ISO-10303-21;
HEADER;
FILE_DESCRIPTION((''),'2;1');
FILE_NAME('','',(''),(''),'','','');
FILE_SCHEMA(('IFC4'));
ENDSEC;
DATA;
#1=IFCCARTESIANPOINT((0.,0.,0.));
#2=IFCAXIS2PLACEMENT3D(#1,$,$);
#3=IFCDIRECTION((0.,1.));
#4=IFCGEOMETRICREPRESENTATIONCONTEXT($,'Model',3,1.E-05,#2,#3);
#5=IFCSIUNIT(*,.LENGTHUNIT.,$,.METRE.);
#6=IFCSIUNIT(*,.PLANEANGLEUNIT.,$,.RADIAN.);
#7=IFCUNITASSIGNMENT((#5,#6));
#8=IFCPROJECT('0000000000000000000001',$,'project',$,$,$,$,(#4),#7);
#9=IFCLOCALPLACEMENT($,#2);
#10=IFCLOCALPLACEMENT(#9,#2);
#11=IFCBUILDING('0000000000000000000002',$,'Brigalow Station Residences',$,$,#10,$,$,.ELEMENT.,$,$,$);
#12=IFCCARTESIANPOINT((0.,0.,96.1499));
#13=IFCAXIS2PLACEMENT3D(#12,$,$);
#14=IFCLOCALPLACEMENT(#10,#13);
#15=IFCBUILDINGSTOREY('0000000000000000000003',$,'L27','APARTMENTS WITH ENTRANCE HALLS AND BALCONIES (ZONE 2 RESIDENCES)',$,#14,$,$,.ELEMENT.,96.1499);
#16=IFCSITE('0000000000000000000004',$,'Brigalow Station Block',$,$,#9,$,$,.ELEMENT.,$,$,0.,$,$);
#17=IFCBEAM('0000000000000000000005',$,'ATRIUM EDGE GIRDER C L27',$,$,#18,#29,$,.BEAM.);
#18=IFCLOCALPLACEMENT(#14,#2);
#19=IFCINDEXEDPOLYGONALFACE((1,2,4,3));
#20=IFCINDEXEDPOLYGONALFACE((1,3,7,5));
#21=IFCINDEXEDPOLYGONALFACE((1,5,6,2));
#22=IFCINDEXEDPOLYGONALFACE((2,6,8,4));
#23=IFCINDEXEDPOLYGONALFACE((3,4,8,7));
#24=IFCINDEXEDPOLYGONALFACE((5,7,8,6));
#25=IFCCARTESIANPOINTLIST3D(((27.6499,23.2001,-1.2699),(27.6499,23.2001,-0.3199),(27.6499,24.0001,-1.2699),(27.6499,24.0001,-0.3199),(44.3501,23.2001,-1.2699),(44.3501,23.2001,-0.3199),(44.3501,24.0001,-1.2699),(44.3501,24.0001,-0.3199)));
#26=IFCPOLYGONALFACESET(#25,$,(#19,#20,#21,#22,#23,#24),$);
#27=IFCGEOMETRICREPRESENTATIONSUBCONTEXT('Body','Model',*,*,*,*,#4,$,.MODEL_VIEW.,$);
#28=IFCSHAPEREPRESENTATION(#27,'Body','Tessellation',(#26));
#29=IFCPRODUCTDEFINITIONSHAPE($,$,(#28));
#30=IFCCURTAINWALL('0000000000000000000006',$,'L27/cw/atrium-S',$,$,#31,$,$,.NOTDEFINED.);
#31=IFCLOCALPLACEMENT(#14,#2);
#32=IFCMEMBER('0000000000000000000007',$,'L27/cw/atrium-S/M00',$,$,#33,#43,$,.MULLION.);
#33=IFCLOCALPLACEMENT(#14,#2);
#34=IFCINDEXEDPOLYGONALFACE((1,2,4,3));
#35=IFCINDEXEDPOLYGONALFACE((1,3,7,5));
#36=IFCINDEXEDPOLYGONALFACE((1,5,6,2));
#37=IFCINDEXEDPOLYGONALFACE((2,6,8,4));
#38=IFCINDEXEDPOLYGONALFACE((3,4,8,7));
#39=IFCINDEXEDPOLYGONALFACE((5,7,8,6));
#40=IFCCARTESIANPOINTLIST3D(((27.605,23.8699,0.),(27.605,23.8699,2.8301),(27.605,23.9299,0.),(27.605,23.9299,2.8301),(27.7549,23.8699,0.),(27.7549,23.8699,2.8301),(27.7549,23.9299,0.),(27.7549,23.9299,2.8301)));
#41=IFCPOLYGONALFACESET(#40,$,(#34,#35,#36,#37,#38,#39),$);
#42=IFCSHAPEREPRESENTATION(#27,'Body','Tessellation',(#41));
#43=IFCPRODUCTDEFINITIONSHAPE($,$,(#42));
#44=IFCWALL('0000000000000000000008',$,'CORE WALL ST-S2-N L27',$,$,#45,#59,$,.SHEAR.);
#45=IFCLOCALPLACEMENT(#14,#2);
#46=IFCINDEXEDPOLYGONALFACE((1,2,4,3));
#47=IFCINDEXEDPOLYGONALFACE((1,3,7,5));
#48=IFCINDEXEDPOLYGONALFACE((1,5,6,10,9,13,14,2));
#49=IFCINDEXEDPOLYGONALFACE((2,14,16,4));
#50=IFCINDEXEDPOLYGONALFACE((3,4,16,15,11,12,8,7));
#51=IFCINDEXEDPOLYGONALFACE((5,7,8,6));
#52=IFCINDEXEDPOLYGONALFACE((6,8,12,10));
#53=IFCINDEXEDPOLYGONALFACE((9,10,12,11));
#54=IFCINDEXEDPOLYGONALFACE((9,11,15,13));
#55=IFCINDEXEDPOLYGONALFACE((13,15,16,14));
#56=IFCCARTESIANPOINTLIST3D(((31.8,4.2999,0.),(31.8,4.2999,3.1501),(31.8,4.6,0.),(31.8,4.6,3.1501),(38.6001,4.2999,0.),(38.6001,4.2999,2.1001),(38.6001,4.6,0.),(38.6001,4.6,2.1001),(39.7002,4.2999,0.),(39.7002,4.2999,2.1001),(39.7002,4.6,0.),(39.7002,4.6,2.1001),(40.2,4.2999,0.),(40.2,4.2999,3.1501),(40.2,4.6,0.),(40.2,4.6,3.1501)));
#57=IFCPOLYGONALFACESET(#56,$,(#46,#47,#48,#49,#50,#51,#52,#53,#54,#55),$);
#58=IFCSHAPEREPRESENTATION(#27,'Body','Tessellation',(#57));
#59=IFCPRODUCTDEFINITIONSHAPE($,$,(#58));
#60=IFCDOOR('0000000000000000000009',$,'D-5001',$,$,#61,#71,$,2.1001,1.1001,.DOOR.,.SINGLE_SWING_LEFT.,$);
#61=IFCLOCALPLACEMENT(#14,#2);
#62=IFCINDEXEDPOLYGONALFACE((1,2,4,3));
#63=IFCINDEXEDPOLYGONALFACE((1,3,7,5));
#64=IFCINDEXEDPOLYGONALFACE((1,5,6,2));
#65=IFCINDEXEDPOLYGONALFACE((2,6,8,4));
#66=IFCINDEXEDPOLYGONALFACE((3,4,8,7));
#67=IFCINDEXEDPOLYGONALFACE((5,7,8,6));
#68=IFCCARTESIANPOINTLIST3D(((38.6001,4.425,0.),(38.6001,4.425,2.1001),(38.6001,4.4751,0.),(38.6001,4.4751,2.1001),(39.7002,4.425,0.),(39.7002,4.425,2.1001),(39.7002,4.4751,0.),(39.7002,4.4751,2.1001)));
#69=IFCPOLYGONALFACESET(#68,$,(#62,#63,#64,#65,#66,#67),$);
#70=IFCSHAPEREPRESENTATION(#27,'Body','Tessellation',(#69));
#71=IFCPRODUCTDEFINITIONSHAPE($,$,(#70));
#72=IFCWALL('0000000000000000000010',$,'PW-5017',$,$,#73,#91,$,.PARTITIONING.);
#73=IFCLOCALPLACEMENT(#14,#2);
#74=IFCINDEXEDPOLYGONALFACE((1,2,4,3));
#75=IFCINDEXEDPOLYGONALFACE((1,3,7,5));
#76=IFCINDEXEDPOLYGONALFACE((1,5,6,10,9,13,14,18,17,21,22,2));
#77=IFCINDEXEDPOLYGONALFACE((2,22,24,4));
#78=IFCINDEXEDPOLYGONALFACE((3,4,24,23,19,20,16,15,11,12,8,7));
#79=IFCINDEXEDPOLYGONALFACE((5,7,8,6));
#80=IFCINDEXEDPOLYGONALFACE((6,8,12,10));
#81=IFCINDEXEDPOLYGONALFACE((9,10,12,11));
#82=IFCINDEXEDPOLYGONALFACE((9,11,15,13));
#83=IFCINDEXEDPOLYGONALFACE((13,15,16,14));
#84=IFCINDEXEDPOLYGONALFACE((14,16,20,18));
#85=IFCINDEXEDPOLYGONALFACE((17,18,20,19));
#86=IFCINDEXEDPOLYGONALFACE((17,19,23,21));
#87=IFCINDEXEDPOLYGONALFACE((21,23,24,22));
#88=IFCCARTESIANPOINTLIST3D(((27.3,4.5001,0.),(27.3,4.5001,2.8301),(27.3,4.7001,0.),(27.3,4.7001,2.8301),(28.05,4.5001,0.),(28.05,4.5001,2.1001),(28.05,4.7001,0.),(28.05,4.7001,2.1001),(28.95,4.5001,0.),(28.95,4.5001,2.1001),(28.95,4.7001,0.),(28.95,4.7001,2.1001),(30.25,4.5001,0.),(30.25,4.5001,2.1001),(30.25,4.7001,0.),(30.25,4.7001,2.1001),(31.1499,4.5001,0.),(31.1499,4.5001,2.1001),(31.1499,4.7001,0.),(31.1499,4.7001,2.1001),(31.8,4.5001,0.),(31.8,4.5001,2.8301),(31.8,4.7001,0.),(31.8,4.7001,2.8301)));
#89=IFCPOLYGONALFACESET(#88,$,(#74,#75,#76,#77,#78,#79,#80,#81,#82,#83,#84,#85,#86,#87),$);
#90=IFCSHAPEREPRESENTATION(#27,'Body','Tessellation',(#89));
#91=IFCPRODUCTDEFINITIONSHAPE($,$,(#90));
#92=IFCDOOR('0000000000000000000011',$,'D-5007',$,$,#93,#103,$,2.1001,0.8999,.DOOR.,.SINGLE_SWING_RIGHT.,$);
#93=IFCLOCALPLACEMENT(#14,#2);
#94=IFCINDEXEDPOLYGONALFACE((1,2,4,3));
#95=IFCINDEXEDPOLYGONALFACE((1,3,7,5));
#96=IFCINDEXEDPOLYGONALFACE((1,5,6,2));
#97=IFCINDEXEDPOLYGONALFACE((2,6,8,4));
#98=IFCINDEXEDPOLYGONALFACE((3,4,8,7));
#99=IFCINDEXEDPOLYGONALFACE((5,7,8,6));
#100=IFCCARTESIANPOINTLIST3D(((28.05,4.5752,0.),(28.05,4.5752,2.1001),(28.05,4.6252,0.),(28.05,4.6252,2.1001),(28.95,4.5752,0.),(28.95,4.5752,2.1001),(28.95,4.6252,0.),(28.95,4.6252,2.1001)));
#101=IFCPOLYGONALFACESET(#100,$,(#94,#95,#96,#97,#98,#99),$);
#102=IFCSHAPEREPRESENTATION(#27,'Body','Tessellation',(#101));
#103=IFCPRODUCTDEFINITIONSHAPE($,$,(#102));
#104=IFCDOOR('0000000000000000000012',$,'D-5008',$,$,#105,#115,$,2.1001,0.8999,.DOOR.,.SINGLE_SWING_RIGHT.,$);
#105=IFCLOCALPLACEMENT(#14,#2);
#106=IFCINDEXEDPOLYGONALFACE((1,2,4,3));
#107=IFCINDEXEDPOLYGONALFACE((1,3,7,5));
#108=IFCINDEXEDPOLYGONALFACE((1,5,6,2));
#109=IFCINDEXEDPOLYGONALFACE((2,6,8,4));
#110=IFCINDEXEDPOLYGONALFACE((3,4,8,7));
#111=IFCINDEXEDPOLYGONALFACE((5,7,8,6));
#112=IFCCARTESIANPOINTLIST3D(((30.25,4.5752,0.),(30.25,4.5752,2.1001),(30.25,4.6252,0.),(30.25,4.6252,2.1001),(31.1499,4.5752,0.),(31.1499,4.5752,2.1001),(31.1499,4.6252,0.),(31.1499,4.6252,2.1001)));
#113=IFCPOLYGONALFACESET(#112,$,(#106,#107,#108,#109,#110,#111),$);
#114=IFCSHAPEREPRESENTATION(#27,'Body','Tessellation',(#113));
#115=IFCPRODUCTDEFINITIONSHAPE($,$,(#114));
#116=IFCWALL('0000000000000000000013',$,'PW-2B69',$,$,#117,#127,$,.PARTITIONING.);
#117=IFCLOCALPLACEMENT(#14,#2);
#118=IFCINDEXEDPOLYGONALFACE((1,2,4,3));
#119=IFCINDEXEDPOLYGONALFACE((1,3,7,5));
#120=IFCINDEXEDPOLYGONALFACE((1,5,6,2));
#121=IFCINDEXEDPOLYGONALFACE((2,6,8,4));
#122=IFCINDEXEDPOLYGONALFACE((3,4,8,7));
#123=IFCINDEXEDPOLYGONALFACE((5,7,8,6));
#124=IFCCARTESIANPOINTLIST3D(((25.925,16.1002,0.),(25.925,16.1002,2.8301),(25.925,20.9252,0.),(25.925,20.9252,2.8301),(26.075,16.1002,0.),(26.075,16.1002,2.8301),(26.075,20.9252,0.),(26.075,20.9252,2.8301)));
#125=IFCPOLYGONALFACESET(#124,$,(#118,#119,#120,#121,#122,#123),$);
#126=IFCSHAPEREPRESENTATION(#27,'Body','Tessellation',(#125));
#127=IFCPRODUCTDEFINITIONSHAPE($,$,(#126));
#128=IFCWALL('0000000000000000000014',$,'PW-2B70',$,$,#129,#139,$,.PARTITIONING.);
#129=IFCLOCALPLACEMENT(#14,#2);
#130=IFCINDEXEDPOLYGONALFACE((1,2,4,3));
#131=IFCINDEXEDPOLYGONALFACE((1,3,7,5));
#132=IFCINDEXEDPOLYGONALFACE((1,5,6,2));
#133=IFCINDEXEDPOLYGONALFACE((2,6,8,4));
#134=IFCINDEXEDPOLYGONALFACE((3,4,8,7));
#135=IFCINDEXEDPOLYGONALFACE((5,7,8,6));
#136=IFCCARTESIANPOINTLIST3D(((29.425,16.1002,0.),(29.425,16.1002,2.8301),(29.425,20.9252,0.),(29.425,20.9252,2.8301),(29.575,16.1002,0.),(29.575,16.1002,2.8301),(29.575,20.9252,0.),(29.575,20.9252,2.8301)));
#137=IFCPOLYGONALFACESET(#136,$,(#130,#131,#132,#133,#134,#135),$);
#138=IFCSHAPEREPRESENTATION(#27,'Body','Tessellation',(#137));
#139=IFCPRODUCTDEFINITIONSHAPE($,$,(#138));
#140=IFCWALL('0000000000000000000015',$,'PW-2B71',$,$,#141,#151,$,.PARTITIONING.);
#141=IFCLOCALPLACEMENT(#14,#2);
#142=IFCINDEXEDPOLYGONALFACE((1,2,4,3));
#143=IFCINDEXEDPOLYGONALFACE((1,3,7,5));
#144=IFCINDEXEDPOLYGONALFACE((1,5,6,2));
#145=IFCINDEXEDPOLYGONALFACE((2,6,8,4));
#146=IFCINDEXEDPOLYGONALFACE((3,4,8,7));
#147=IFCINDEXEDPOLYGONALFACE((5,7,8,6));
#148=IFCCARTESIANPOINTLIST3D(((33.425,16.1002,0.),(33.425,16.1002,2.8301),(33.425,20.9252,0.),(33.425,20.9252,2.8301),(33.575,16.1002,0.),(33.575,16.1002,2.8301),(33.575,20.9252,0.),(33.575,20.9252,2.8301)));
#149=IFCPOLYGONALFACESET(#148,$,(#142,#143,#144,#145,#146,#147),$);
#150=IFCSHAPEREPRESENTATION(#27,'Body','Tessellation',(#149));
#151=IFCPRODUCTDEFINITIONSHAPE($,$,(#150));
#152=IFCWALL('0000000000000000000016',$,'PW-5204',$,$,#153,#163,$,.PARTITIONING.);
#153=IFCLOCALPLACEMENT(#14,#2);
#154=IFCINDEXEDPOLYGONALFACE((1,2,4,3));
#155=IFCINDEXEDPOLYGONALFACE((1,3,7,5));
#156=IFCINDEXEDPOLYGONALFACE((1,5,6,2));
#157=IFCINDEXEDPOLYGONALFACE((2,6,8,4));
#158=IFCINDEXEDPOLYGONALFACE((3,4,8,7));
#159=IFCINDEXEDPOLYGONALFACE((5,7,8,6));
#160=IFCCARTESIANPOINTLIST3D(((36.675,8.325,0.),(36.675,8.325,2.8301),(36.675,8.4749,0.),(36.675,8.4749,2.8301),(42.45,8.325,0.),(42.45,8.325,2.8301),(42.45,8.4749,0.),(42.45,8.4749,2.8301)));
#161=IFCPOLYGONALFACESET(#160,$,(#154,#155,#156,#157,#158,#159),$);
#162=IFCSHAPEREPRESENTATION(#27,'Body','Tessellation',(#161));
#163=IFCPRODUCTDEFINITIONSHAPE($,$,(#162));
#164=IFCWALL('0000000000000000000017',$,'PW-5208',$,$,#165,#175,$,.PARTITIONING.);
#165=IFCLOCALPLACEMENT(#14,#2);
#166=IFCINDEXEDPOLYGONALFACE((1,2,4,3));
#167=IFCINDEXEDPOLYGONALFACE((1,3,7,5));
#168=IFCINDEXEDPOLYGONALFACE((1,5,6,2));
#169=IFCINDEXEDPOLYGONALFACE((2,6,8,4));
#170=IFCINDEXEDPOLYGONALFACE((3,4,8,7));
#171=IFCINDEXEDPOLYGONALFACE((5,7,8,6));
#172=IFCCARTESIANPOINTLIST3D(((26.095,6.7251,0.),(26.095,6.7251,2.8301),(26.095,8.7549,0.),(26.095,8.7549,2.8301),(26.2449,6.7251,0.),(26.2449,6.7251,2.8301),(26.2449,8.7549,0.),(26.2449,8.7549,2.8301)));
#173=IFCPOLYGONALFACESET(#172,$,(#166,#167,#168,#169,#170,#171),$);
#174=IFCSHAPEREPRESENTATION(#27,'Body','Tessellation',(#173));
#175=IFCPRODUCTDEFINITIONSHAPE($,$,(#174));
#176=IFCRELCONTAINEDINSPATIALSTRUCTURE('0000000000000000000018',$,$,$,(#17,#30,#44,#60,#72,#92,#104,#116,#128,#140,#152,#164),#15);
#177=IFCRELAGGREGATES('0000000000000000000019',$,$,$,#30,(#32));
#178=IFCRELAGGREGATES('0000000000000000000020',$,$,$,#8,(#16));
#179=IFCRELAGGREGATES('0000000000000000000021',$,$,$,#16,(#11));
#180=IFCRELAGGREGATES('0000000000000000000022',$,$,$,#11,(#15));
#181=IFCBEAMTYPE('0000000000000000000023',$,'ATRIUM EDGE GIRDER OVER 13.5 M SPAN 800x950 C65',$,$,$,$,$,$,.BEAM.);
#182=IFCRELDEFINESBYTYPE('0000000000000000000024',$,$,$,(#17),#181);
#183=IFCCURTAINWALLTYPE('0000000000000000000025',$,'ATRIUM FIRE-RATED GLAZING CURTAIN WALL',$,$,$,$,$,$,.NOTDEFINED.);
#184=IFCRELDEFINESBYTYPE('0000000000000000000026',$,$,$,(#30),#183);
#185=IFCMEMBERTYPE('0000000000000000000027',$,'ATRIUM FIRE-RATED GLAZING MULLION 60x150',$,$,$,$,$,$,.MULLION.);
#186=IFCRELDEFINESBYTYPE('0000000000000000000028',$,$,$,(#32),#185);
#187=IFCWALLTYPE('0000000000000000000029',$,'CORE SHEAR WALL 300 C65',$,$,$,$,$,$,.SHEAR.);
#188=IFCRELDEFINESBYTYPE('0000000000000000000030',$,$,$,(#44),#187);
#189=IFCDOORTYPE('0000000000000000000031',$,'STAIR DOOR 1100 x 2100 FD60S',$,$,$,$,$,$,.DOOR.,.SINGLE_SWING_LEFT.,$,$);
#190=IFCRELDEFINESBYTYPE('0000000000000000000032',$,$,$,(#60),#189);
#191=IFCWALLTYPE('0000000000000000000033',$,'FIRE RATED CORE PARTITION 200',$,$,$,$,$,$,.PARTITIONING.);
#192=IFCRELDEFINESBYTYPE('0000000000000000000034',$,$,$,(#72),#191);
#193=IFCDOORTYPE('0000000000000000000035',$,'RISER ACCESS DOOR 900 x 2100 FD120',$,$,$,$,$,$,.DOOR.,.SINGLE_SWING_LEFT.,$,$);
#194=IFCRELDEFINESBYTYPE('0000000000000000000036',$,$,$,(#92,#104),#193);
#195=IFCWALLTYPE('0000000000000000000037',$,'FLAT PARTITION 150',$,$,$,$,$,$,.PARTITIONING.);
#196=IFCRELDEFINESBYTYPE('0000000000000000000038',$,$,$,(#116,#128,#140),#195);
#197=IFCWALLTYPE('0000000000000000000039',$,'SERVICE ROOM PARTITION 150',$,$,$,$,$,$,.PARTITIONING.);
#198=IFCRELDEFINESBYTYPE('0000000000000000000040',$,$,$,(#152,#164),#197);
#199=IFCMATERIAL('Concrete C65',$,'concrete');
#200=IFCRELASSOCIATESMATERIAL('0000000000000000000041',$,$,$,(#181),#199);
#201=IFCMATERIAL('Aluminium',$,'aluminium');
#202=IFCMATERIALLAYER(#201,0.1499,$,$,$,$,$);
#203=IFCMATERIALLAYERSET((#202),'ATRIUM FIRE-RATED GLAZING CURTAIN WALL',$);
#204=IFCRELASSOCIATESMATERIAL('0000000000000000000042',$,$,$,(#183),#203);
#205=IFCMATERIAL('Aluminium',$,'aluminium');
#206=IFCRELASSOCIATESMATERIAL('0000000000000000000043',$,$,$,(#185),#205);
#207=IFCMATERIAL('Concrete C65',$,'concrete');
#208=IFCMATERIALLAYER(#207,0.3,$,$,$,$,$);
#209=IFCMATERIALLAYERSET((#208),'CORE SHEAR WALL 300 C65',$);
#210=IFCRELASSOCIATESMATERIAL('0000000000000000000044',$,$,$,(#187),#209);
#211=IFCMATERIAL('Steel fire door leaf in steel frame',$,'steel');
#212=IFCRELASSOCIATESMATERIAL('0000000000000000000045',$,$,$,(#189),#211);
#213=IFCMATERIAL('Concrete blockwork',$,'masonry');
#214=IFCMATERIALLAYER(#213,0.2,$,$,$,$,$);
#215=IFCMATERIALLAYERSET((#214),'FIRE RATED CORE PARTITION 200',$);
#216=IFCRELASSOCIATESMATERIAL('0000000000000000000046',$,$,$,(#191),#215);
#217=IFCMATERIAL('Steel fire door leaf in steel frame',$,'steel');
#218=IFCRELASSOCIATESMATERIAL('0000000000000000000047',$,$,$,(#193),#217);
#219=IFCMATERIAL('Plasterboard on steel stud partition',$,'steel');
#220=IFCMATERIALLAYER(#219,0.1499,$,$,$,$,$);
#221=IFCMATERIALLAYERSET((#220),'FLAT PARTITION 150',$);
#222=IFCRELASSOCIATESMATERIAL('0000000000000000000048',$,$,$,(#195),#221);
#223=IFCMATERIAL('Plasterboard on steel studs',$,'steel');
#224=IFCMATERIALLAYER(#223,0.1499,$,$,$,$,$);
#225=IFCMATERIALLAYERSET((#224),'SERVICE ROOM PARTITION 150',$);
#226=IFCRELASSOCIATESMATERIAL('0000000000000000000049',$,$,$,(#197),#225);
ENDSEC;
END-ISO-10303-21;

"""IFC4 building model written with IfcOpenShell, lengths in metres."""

from ifc_helpers import new_model, si_unit, direction, frame, frame_2d, origin, origin_2d, place, context, subcontext, project, spatial, rectangle, extrude, material, layer, layer_set, material_profile, profile_set, type_object, element, fill, aggregate, save


model = new_model("IFC4")

# Units and contexts
model_context = context("Model", 3, precision=1e-05, world=origin(), true_north=direction((0.0, 1.0)))
body_context = subcontext(model_context, "Body", "Model", "MODEL_VIEW")
ifc_project = project(units=[si_unit("LENGTHUNIT", "METRE"), si_unit("PLANEANGLEUNIT", "RADIAN")], contexts=[model_context])

# Site, building, storey
site_placement = place(None, origin())
site = spatial("IfcSite", under=ifc_project, at=site_placement, Name="Brigalow Station Block", CompositionType="ELEMENT", RefElevation=0.0)
building_placement = place(site_placement, origin())
building = spatial("IfcBuilding", under=site, at=building_placement, Name="Brigalow Station Residences", CompositionType="ELEMENT")
storey_placement = place(building_placement, frame((0.0, 0.0, 96.1499)))
storey = spatial("IfcBuildingStorey", under=building, at=storey_placement, Name="L27", Description="APARTMENTS WITH ENTRANCE HALLS AND BALCONIES (ZONE 2 RESIDENCES)", CompositionType="ELEMENT", Elevation=96.1499)

# Beam
ifc_material_1 = material(Name="Concrete C65", Category="concrete")
ifc_material_profile_1 = material_profile(ifc_material_1, rectangle(XDim=0.8, YDim=0.95, at=origin_2d()), Name="RC800x950")
ifc_profile_set_1 = profile_set([ifc_material_profile_1], Name="Concrete C65")
beam_type = type_object("IfcBeamType", Name="ATRIUM EDGE GIRDER OVER 13.5 M SPAN 800x950 C65", PredefinedType="BEAM", material=ifc_profile_set_1)
beam_placement = place(storey_placement, frame((27.6499, 23.6001, -0.7949), z_axis=(1.0, 0.0, 0.0), x_axis=(0.0, 1.0, 0.0)))
element("IfcBeam", 1, at=beam_placement, inside=storey, type_object=beam_type, Name="ATRIUM EDGE GIRDER C L27", PredefinedType="BEAM", context=body_context, shape_type="SweptSolid", body=[
    extrude(rectangle(XDim=0.8, YDim=0.95, at=origin_2d()), origin(), (0.0, 0.0, 1.0), 16.7002),
])

# Curtain wall, member
ifc_material_2 = material(Name="Aluminium", Category="aluminium")
ifc_layer_1 = layer(ifc_material_2, 0.1499)
ifc_layer_set_1 = layer_set([ifc_layer_1], Name="ATRIUM FIRE-RATED GLAZING CURTAIN WALL")
curtain_wall_type = type_object("IfcCurtainWallType", Name="ATRIUM FIRE-RATED GLAZING CURTAIN WALL", PredefinedType="NOTDEFINED", material=ifc_layer_set_1)
curtain_wall_placement = place(storey_placement, origin())
curtain_wall = element("IfcCurtainWall", 2, at=curtain_wall_placement, inside=storey, type_object=curtain_wall_type, Name="L27/cw/atrium-S", PredefinedType="NOTDEFINED")
ifc_material_3 = material(Name="Aluminium", Category="aluminium")
ifc_material_profile_2 = material_profile(ifc_material_3, rectangle(XDim=0.0601, YDim=0.1499, at=origin_2d()), Name="ATRIUM FIRE-RATED GLAZING MULLION 60x150")
ifc_profile_set_2 = profile_set([ifc_material_profile_2], Name="Aluminium")
member_type = type_object("IfcMemberType", Name="ATRIUM FIRE-RATED GLAZING MULLION 60x150", PredefinedType="MULLION", material=ifc_profile_set_2)
member_placement = place(storey_placement, frame((27.6799, 23.8999, 0.0), z_axis=(0.0, 0.0, 1.0), x_axis=(0.0, 1.0, 0.0)))
member = element("IfcMember", 3, at=member_placement, type_object=member_type, Name="L27/cw/atrium-S/M00", PredefinedType="MULLION", context=body_context, shape_type="SweptSolid", body=[
    extrude(rectangle(XDim=0.0601, YDim=0.1499, at=origin_2d()), origin(), (0.0, 0.0, 1.0), 2.8301),
])
aggregate(curtain_wall, [member])

# Wall, opening, door
ifc_material_4 = material(Name="Concrete C65", Category="concrete")
ifc_layer_2 = layer(ifc_material_4, 0.3)
ifc_layer_set_2 = layer_set([ifc_layer_2], Name="CORE SHEAR WALL 300 C65")
wall_type_1 = type_object("IfcWallType", Name="CORE SHEAR WALL 300 C65", PredefinedType="SHEAR", material=ifc_layer_set_2)
wall_1_placement = place(storey_placement, frame((31.8, 4.45, 0.0), z_axis=(0.0, 0.0, 1.0), x_axis=(1.0, 0.0, 0.0)))
wall_1 = element("IfcWall", 4, at=wall_1_placement, inside=storey, type_object=wall_type_1, Name="CORE WALL ST-S2-N L27", PredefinedType="SHEAR", context=body_context, shape_type="SweptSolid", body=[
    extrude(rectangle(XDim=8.3999, YDim=0.3, at=frame_2d((4.2, 0.0))), origin(), (0.0, 0.0, 1.0), 3.1501),
])
opening_1_placement = place(wall_1_placement, frame((6.8, 0.0, 0.0)))
opening_1 = element("IfcOpeningElement", 5, at=opening_1_placement, cuts=wall_1, PredefinedType="OPENING", context=body_context, shape_type="SweptSolid", body=[
    extrude(rectangle(XDim=1.1001, YDim=2.1001, at=frame_2d((0.55, 1.05))), frame((0.0, 0.1602, 0.0), z_axis=(0.0, -1.0, 0.0), x_axis=(1.0, 0.0, 0.0)), (0.0, 0.0, 1.0), 0.3201),
])
ifc_material_5 = material(Name="Steel fire door leaf in steel frame", Category="steel")
door_type_1 = type_object("IfcDoorType", Name="STAIR DOOR 1100 x 2100 FD60S", OperationType="SINGLE_SWING_LEFT", PredefinedType="DOOR", material=ifc_material_5)
door_1_placement = place(opening_1_placement, frame((1.1001, 0.0, 0.0), z_axis=(0.0, 0.0, 1.0), x_axis=(-1.0, 0.0, 0.0)))
door_1 = element("IfcDoor", 6, at=door_1_placement, inside=storey, type_object=door_type_1, Name="D-5001", OperationType="SINGLE_SWING_LEFT", OverallHeight=2.1001, OverallWidth=1.1001, PredefinedType="DOOR", context=body_context, shape_type="SweptSolid", body=[
    extrude(rectangle(XDim=1.1001, YDim=2.1001, at=frame_2d((0.55, 1.05))), frame((0.0, 0.0249, 0.0), z_axis=(0.0, -1.0, 0.0), x_axis=(1.0, 0.0, 0.0)), (0.0, 0.0, 1.0), 0.05),
])
fill(opening_1, door_1)

# Wall, openings, doors
ifc_material_6 = material(Name="Concrete blockwork", Category="masonry")
ifc_layer_3 = layer(ifc_material_6, 0.2)
ifc_layer_set_3 = layer_set([ifc_layer_3], Name="FIRE RATED CORE PARTITION 200")
wall_type_2 = type_object("IfcWallType", Name="FIRE RATED CORE PARTITION 200", PredefinedType="PARTITIONING", material=ifc_layer_set_3)
wall_2_placement = place(storey_placement, frame((27.3, 4.6001, 0.0), z_axis=(0.0, 0.0, 1.0), x_axis=(1.0, 0.0, 0.0)))
wall_2 = element("IfcWall", 7, at=wall_2_placement, inside=storey, type_object=wall_type_2, Name="PW-5017", PredefinedType="PARTITIONING", context=body_context, shape_type="SweptSolid", body=[
    extrude(rectangle(XDim=4.5, YDim=0.2, at=frame_2d((2.25, 0.0))), origin(), (0.0, 0.0, 1.0), 2.8301),
])
opening_2_placement = place(wall_2_placement, frame((0.75, 0.0, 0.0)))
opening_2 = element("IfcOpeningElement", 8, at=opening_2_placement, cuts=wall_2, PredefinedType="OPENING", context=body_context, shape_type="SweptSolid", body=[
    extrude(rectangle(XDim=0.8999, YDim=2.1001, at=frame_2d((0.45, 1.05))), frame((0.0, 0.1099, 0.0), z_axis=(0.0, -1.0, 0.0), x_axis=(1.0, 0.0, 0.0)), (0.0, 0.0, 1.0), 0.22),
])
opening_3_placement = place(wall_2_placement, frame((2.95, 0.0, 0.0)))
opening_3 = element("IfcOpeningElement", 9, at=opening_3_placement, cuts=wall_2, PredefinedType="OPENING", context=body_context, shape_type="SweptSolid", body=[
    extrude(rectangle(XDim=0.8999, YDim=2.1001, at=frame_2d((0.45, 1.05))), frame((0.0, 0.1099, 0.0), z_axis=(0.0, -1.0, 0.0), x_axis=(1.0, 0.0, 0.0)), (0.0, 0.0, 1.0), 0.22),
])
ifc_material_7 = material(Name="Steel fire door leaf in steel frame", Category="steel")
door_type_2 = type_object("IfcDoorType", Name="RISER ACCESS DOOR 900 x 2100 FD120", OperationType="SINGLE_SWING_LEFT", PredefinedType="DOOR", material=ifc_material_7)
door_2_placement = place(opening_2_placement, frame((0.8999, 0.0, 0.0), z_axis=(0.0, 0.0, 1.0), x_axis=(-1.0, 0.0, 0.0)))
door_2 = element("IfcDoor", 10, at=door_2_placement, inside=storey, type_object=door_type_2, Name="D-5007", OperationType="SINGLE_SWING_RIGHT", OverallHeight=2.1001, OverallWidth=0.8999, PredefinedType="DOOR", context=body_context, shape_type="SweptSolid", body=[
    extrude(rectangle(XDim=0.8999, YDim=2.1001, at=frame_2d((0.45, 1.05))), frame((0.0, 0.0249, 0.0), z_axis=(0.0, -1.0, 0.0), x_axis=(1.0, 0.0, 0.0)), (0.0, 0.0, 1.0), 0.05),
])
fill(opening_2, door_2)
door_3_placement = place(opening_3_placement, frame((0.8999, 0.0, 0.0), z_axis=(0.0, 0.0, 1.0), x_axis=(-1.0, 0.0, 0.0)))
door_3 = element("IfcDoor", 11, at=door_3_placement, inside=storey, type_object=door_type_2, Name="D-5008", OperationType="SINGLE_SWING_RIGHT", OverallHeight=2.1001, OverallWidth=0.8999, PredefinedType="DOOR", context=body_context, shape_type="SweptSolid", body=[
    extrude(rectangle(XDim=0.8999, YDim=2.1001, at=frame_2d((0.45, 1.05))), frame((0.0, 0.0249, 0.0), z_axis=(0.0, -1.0, 0.0), x_axis=(1.0, 0.0, 0.0)), (0.0, 0.0, 1.0), 0.05),
])
fill(opening_3, door_3)

# Walls
ifc_material_8 = material(Name="Plasterboard on steel stud partition", Category="steel")
ifc_layer_4 = layer(ifc_material_8, 0.1499)
ifc_layer_set_4 = layer_set([ifc_layer_4], Name="FLAT PARTITION 150")
wall_type_3 = type_object("IfcWallType", Name="FLAT PARTITION 150", PredefinedType="PARTITIONING", material=ifc_layer_set_4)
for number, where, z_axis, x_axis, name in (
    (12, (26.0, 16.1001, 0.0), (0.0, 0.0, 1.0), (0.0, 1.0, 0.0), "PW-2B69"),
    (13, (29.5, 16.1001, 0.0), (0.0, 0.0, 1.0), (0.0, 1.0, 0.0), "PW-2B70"),
    (14, (33.5, 16.1001, 0.0), (0.0, 0.0, 1.0), (0.0, 1.0, 0.0), "PW-2B71"),
):
    element("IfcWall", number, at=place(storey_placement, frame(where, z_axis=z_axis, x_axis=x_axis)), inside=storey, type_object=wall_type_3, Name=name, PredefinedType="PARTITIONING", context=body_context, shape_type="SweptSolid", body=[
        extrude(rectangle(XDim=4.825, YDim=0.1499, at=frame_2d((2.4126, 0.0))), origin(), (0.0, 0.0, 1.0), 2.8301),
    ])
ifc_material_9 = material(Name="Plasterboard on steel studs", Category="steel")
ifc_layer_5 = layer(ifc_material_9, 0.1499)
ifc_layer_set_5 = layer_set([ifc_layer_5], Name="SERVICE ROOM PARTITION 150")
wall_type_4 = type_object("IfcWallType", Name="SERVICE ROOM PARTITION 150", PredefinedType="PARTITIONING", material=ifc_layer_set_5)
wall_3_placement = place(storey_placement, frame((36.675, 8.3999, 0.0), z_axis=(0.0, 0.0, 1.0), x_axis=(1.0, 0.0, 0.0)))
element("IfcWall", 15, at=wall_3_placement, inside=storey, type_object=wall_type_4, Name="PW-5204", PredefinedType="PARTITIONING", context=body_context, shape_type="SweptSolid", body=[
    extrude(rectangle(XDim=5.7749, YDim=0.1499, at=frame_2d((2.8875, 0.0))), origin(), (0.0, 0.0, 1.0), 2.8301),
])
for number, where, z_axis, x_axis, name in (
    (16, (26.1699, 6.7251, 0.0), (0.0, 0.0, 1.0), (0.0, 1.0, 0.0), "PW-5208"),
):
    element("IfcWall", number, at=place(storey_placement, frame(where, z_axis=z_axis, x_axis=x_axis)), inside=storey, type_object=wall_type_4, Name=name, PredefinedType="PARTITIONING", context=body_context, shape_type="SweptSolid", body=[
        extrude(rectangle(XDim=2.0298, YDim=0.1499, at=frame_2d((1.0149, 0.0))), origin(), (0.0, 0.0, 1.0), 2.8301),
    ])

save(model, "model.ifc")
